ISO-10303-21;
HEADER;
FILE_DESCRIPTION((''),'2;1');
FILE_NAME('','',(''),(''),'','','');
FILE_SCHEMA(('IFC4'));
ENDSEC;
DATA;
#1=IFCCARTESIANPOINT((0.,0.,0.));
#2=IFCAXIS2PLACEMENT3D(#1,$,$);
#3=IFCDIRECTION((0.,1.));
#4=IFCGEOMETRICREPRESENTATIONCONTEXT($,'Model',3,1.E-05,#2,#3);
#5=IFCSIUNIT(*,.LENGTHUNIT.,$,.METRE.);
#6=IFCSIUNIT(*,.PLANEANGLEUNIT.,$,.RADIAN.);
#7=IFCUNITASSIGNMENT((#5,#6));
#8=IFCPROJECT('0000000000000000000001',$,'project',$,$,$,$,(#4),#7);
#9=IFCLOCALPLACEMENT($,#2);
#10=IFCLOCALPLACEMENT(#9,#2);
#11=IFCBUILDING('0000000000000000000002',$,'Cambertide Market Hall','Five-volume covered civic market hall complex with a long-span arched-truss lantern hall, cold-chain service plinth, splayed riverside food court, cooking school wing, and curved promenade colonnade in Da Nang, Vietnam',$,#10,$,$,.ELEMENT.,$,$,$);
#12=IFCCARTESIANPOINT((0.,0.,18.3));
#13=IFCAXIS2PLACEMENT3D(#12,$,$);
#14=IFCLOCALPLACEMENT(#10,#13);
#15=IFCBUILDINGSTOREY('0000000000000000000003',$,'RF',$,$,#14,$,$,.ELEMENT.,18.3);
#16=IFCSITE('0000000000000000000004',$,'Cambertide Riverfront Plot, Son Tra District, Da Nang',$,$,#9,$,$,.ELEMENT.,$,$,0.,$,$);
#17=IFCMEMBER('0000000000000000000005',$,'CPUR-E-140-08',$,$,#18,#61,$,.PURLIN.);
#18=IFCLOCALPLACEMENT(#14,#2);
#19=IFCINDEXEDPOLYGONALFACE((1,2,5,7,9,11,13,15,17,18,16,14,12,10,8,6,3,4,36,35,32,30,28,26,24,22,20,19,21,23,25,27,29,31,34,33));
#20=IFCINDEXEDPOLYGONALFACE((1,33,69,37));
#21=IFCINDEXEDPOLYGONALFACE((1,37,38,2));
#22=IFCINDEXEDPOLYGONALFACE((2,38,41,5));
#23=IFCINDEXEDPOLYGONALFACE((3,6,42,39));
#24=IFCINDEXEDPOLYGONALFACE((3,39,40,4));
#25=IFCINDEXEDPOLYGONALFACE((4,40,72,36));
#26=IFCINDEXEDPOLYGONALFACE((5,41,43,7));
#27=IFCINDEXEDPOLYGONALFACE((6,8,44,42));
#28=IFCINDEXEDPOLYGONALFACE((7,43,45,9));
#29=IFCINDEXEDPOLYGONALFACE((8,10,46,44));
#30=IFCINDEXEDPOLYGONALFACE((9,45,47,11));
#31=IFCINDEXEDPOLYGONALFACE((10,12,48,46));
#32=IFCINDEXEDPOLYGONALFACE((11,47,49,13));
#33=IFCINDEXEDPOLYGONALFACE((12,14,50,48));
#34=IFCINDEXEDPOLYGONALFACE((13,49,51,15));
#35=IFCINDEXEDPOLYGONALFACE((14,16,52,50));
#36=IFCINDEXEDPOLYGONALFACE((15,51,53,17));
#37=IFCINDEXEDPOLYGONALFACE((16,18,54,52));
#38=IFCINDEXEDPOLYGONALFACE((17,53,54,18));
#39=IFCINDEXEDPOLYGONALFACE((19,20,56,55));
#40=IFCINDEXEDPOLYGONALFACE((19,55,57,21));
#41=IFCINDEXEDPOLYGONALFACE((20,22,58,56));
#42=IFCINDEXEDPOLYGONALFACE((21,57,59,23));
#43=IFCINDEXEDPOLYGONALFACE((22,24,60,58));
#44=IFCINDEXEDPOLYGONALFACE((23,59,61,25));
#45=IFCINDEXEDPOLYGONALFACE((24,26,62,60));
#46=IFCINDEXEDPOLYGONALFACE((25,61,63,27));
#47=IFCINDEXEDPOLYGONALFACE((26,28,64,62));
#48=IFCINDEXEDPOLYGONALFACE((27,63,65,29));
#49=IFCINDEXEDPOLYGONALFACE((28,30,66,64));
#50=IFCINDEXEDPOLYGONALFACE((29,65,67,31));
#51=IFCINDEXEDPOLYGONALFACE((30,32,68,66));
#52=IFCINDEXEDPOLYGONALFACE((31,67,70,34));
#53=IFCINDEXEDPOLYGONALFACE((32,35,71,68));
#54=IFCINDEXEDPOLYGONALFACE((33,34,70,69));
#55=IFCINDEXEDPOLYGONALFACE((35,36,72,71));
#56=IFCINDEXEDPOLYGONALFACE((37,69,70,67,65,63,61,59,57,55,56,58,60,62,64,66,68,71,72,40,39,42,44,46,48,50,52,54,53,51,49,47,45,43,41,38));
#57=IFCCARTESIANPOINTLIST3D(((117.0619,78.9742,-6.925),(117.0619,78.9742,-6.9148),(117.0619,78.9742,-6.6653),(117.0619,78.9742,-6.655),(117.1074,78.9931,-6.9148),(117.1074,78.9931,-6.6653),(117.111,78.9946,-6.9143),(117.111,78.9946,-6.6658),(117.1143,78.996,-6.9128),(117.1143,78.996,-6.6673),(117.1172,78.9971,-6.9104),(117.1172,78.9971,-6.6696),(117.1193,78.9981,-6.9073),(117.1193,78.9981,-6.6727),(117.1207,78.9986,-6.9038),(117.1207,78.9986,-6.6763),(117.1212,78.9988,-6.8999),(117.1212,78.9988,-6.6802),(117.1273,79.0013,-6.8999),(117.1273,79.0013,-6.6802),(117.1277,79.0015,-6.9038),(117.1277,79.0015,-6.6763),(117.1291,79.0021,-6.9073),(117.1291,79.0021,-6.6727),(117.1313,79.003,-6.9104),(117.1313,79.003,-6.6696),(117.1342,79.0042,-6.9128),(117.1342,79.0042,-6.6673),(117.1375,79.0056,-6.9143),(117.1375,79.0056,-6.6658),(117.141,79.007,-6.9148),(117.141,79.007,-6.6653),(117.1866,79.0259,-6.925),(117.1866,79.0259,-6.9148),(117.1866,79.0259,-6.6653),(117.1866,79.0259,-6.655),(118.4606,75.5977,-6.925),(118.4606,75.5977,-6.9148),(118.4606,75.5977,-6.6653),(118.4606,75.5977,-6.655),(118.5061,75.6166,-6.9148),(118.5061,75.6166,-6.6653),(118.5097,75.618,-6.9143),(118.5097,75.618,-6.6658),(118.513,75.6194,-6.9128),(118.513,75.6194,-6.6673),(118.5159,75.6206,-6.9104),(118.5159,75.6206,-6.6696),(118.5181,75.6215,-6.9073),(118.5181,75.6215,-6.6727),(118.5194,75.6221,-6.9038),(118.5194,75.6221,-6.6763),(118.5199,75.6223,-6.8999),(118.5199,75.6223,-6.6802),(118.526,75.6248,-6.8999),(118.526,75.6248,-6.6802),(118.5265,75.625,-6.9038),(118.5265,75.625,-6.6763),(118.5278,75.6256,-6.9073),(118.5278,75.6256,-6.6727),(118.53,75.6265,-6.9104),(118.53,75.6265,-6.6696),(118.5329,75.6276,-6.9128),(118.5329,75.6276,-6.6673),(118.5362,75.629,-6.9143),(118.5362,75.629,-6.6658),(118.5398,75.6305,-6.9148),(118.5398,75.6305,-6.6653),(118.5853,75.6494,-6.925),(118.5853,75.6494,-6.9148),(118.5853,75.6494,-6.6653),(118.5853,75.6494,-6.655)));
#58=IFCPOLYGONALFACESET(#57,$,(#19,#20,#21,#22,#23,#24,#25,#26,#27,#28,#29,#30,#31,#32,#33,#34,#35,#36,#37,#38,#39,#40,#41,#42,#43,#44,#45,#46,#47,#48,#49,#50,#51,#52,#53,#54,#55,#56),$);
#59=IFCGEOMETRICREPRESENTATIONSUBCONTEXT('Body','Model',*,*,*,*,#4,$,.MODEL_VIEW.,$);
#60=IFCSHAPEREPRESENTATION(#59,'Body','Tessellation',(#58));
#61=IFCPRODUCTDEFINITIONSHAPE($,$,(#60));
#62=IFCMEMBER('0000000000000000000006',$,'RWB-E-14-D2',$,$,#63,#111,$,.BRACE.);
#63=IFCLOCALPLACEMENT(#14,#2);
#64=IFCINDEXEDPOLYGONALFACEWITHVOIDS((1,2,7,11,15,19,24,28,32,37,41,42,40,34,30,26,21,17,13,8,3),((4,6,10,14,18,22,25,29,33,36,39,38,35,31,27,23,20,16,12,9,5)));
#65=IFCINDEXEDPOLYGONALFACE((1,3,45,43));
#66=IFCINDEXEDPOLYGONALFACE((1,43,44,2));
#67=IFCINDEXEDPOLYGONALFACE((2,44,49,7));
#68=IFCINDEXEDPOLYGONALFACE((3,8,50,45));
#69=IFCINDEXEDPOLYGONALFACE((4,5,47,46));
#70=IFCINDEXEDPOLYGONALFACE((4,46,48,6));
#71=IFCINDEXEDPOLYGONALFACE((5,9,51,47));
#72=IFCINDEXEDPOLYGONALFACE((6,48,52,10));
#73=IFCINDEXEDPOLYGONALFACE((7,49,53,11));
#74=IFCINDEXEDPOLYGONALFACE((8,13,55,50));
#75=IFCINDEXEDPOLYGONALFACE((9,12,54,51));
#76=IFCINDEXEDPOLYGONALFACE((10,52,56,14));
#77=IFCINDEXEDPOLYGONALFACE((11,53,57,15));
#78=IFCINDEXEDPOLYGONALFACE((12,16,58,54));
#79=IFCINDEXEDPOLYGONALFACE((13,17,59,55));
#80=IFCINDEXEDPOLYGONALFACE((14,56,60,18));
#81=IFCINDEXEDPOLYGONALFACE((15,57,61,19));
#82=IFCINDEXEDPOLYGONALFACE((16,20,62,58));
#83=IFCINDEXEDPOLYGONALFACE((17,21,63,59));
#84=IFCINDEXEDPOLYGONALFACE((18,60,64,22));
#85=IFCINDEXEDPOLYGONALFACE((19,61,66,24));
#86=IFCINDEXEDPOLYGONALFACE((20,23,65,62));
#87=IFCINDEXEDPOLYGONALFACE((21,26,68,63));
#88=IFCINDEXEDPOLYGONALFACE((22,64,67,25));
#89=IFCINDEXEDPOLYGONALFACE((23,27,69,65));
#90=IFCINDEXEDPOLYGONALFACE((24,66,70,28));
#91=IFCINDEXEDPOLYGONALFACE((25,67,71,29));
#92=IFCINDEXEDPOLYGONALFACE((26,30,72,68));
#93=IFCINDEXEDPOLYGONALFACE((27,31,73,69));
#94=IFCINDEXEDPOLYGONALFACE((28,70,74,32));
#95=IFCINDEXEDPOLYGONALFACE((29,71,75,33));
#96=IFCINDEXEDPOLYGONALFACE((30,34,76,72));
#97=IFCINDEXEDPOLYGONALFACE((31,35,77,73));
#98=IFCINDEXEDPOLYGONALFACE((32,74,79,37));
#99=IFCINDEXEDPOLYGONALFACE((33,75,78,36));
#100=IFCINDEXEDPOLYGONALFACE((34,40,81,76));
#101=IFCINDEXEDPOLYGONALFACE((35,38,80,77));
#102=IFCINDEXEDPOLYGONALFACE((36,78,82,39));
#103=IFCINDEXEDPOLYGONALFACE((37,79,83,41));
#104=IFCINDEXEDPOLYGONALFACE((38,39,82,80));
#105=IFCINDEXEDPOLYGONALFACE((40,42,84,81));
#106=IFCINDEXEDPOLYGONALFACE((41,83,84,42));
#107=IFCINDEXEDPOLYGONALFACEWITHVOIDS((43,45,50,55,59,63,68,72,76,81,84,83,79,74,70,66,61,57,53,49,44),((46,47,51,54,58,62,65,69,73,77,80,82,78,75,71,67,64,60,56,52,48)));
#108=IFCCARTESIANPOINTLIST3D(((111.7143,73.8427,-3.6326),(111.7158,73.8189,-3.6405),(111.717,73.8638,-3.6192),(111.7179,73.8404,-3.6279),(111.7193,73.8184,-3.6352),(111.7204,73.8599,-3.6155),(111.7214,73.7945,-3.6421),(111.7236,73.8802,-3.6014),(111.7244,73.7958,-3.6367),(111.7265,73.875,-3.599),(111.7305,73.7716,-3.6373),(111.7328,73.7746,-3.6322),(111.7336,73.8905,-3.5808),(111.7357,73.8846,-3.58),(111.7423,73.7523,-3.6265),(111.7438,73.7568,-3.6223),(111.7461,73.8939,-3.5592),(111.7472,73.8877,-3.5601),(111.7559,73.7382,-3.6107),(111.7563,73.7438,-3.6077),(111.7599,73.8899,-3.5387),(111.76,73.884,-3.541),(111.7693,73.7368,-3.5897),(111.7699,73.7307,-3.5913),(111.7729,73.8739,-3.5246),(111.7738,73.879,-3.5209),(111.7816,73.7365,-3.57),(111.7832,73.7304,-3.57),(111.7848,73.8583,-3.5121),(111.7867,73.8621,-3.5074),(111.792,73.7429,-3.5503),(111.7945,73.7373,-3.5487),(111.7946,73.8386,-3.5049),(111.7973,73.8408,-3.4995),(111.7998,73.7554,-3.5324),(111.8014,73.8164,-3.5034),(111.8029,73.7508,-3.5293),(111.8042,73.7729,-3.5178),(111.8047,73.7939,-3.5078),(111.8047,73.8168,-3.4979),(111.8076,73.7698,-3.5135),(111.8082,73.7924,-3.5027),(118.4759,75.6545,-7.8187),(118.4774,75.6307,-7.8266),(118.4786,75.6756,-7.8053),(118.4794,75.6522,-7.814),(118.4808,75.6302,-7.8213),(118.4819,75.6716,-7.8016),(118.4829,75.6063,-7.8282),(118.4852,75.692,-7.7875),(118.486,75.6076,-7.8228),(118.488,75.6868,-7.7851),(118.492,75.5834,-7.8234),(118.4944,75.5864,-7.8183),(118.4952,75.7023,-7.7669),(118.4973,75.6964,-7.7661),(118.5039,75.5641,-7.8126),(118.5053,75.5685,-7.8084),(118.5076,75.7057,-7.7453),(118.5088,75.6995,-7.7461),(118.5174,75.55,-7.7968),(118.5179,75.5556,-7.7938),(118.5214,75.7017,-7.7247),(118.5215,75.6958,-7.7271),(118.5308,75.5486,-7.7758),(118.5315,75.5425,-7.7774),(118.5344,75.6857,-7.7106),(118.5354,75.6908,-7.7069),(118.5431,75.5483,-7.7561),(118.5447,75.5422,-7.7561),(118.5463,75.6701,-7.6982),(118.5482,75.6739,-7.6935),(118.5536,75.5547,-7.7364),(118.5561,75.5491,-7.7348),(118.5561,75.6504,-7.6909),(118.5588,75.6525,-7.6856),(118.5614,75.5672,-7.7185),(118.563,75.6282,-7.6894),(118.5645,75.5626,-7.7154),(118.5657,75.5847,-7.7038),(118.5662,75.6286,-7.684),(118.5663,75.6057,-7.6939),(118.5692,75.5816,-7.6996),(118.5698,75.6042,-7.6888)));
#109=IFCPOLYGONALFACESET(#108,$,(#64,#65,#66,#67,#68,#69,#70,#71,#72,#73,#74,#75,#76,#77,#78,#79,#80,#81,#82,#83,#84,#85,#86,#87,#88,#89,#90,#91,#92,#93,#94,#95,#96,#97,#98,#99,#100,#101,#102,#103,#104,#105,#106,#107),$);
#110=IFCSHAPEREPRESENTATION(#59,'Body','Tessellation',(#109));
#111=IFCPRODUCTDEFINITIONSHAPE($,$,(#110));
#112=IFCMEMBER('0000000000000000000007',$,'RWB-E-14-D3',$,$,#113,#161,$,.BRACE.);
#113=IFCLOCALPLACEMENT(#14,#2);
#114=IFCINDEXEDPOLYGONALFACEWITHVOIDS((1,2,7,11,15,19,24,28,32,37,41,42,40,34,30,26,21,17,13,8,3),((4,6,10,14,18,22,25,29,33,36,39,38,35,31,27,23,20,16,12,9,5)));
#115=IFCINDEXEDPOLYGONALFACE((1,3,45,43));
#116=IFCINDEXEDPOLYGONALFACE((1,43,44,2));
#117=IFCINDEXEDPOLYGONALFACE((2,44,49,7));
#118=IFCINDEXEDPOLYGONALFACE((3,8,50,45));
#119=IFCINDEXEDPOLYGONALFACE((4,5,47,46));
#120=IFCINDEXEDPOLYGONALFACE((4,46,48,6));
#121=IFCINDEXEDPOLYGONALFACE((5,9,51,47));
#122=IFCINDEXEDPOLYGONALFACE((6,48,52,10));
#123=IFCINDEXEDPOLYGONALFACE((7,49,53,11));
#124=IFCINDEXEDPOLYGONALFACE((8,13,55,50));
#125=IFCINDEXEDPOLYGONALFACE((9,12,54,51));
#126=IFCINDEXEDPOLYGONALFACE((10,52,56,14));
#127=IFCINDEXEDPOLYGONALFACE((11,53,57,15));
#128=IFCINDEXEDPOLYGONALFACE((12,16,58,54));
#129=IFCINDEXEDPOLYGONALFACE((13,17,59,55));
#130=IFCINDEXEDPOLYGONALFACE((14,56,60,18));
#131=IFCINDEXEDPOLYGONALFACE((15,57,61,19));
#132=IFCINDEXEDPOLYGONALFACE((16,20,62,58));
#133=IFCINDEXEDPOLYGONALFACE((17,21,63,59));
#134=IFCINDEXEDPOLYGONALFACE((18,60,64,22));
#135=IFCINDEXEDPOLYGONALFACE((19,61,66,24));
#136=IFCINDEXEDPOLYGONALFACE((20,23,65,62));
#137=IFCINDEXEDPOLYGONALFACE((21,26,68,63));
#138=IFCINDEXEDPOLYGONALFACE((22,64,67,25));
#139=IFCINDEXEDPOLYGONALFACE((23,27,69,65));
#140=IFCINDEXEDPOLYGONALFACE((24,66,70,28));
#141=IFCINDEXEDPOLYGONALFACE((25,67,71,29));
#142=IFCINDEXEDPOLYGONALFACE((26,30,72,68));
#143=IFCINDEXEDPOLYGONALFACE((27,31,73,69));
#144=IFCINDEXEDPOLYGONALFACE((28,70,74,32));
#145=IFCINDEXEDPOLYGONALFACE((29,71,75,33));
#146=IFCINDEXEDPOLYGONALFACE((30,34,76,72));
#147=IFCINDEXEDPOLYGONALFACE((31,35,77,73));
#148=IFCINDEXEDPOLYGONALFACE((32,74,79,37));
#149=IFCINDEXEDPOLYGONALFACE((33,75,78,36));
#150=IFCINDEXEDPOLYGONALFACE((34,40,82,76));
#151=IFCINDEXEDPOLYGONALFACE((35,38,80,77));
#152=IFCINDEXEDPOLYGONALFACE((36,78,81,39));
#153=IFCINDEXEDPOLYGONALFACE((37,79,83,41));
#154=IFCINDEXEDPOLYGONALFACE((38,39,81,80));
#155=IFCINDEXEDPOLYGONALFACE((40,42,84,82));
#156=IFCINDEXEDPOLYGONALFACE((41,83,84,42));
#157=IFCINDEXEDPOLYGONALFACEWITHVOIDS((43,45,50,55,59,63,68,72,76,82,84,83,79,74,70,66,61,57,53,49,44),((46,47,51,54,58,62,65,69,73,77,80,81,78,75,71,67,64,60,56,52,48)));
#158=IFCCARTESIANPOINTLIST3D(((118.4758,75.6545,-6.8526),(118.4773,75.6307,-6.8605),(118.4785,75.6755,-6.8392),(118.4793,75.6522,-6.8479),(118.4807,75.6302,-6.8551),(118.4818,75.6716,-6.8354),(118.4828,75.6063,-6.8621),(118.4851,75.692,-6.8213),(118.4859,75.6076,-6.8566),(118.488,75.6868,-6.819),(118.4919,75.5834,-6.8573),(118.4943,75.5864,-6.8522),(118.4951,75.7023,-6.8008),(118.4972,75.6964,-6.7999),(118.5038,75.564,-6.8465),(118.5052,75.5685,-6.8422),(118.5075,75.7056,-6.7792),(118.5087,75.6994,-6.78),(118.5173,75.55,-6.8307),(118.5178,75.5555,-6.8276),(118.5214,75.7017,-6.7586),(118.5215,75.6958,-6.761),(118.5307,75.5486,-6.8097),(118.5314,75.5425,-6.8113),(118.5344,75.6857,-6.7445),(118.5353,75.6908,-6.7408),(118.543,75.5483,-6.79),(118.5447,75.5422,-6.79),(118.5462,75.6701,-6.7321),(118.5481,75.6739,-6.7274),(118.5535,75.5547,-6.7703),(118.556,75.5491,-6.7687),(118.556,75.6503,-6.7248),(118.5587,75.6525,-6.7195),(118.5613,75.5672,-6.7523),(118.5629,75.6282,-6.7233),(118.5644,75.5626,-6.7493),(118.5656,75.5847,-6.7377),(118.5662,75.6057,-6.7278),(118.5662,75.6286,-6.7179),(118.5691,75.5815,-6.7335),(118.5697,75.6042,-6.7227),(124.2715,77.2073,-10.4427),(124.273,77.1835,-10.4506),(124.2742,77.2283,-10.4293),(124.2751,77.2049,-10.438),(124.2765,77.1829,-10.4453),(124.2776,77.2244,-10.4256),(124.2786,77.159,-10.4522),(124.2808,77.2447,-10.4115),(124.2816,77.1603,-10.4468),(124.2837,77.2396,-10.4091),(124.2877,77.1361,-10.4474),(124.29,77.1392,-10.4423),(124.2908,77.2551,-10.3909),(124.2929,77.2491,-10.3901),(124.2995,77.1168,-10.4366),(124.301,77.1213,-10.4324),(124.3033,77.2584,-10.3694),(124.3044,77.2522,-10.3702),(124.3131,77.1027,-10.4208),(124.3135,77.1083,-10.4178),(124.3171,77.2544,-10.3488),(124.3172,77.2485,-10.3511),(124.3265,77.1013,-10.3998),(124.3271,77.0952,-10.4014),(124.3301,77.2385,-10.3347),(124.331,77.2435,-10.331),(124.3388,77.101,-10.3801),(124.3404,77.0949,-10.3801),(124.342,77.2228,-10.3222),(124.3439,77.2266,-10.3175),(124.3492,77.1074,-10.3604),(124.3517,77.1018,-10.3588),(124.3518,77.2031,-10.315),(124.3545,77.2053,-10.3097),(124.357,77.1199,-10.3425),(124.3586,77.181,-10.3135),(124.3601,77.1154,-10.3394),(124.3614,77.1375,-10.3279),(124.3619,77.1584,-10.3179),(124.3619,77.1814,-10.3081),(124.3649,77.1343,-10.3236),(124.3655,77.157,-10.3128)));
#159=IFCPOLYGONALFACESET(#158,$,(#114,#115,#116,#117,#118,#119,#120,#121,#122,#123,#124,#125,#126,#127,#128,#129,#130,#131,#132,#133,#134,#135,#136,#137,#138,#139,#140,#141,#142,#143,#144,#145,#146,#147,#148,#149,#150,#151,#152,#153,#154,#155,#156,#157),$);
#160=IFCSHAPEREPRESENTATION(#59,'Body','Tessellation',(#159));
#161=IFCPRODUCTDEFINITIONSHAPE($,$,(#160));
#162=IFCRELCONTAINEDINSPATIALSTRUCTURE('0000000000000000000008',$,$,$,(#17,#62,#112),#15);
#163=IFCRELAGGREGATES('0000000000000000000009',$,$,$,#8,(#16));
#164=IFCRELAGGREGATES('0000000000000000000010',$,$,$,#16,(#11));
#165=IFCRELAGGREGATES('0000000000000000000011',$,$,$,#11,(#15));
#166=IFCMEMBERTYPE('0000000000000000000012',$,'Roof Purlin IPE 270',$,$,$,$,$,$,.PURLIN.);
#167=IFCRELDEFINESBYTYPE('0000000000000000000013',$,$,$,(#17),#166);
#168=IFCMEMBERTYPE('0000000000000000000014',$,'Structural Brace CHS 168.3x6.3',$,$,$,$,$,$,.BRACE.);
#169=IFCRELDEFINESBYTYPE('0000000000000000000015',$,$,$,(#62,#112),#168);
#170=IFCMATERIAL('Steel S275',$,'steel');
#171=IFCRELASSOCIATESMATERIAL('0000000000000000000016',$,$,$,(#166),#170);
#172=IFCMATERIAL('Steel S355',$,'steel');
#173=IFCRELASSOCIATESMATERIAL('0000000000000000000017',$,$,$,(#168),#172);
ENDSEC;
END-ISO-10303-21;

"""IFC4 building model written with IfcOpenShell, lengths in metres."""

from ifc_helpers import new_model, si_unit, direction, frame, origin, origin_2d, place, context, subcontext, project, spatial, hollow_circle, i_section, extrude, material, material_profile, profile_set, type_object, element, save


model = new_model("IFC4")

# Units and contexts
model_context = context("Model", 3, precision=1e-05, world=origin(), true_north=direction((0.0, 1.0)))
body_context = subcontext(model_context, "Body", "Model", "MODEL_VIEW")
ifc_project = project(units=[si_unit("LENGTHUNIT", "METRE"), si_unit("PLANEANGLEUNIT", "RADIAN")], contexts=[model_context])

# Site, building, storey
site_placement = place(None, origin())
site = spatial("IfcSite", under=ifc_project, at=site_placement, Name="Cambertide Riverfront Plot, Son Tra District, Da Nang", CompositionType="ELEMENT", RefElevation=0.0)
building_placement = place(site_placement, origin())
building = spatial("IfcBuilding", under=site, at=building_placement, Name="Cambertide Market Hall", Description="Five-volume covered civic market hall complex with a long-span arched-truss lantern hall, cold-chain service plinth, splayed riverside food court, cooking school wing, and curved promenade colonnade in Da Nang, Vietnam", CompositionType="ELEMENT")
storey_placement = place(building_placement, frame((0.0, 0.0, 18.3)))
storey = spatial("IfcBuildingStorey", under=building, at=storey_placement, Name="RF", CompositionType="ELEMENT", Elevation=18.3)

# Members
ifc_material_1 = material(Name="Steel S275", Category="steel")
ifc_material_profile_1 = material_profile(ifc_material_1, i_section(OverallWidth=0.135, OverallDepth=0.27, WebThickness=0.0066, FlangeThickness=0.0103, FilletRadius=0.0149, at=origin_2d()), Name="IPE 270")
ifc_profile_set_1 = profile_set([ifc_material_profile_1], Name="Steel S275")
member_type_1 = type_object("IfcMemberType", Name="Roof Purlin IPE 270", PredefinedType="PURLIN", material=ifc_profile_set_1)
member_1_placement = place(storey_placement, frame((118.5229, 75.6235, -6.79), z_axis=(-0.382708, 0.923869, 0.0), x_axis=(-0.923869, -0.382708, 0.0)))
element("IfcMember", 1, at=member_1_placement, inside=storey, type_object=member_type_1, Name="CPUR-E-140-08", PredefinedType="PURLIN", context=body_context, shape_type="SweptSolid", body=[
    extrude(i_section(OverallWidth=0.135, OverallDepth=0.27, WebThickness=0.0066, FlangeThickness=0.0103, FilletRadius=0.0149, at=origin_2d()), origin(), (0.0, 0.0, 1.0), 3.6548),
])
ifc_material_2 = material(Name="Steel S355", Category="steel")
ifc_material_profile_2 = material_profile(ifc_material_2, hollow_circle(Radius=0.0842, WallThickness=0.0063, at=origin_2d()), Name="CHS 168.3x6.3")
ifc_profile_set_2 = profile_set([ifc_material_profile_2], Name="Steel S355")
member_type_2 = type_object("IfcMemberType", Name="Structural Brace CHS 168.3x6.3", PredefinedType="BRACE", material=ifc_profile_set_2)
member_2_placement = place(storey_placement, frame((118.5229, 75.6235, -7.7561), z_axis=(-0.829002, -0.222135, 0.513236), x_axis=(0.258824, -0.965925, 0.0)))
element("IfcMember", 2, at=member_2_placement, inside=storey, type_object=member_type_2, Name="RWB-E-14-D2", PredefinedType="BRACE", context=body_context, shape_type="SweptSolid", body=[
    extrude(hollow_circle(Radius=0.0842, WallThickness=0.0063, at=origin_2d()), origin(), (0.0, 0.0, 1.0), 8.1562),
])
member_3_placement = place(storey_placement, frame((124.3186, 77.1763, -10.3801), z_axis=(-0.828887, -0.22207, 0.51345), x_axis=(0.258787, -0.965934, 0.0)))
element("IfcMember", 3, at=member_3_placement, inside=storey, type_object=member_type_2, Name="RWB-E-14-D3", PredefinedType="BRACE", context=body_context, shape_type="SweptSolid", body=[
    extrude(hollow_circle(Radius=0.0842, WallThickness=0.0063, at=origin_2d()), origin(), (0.0, 0.0, 1.0), 6.9922),
])

save(model, "model.ifc")
